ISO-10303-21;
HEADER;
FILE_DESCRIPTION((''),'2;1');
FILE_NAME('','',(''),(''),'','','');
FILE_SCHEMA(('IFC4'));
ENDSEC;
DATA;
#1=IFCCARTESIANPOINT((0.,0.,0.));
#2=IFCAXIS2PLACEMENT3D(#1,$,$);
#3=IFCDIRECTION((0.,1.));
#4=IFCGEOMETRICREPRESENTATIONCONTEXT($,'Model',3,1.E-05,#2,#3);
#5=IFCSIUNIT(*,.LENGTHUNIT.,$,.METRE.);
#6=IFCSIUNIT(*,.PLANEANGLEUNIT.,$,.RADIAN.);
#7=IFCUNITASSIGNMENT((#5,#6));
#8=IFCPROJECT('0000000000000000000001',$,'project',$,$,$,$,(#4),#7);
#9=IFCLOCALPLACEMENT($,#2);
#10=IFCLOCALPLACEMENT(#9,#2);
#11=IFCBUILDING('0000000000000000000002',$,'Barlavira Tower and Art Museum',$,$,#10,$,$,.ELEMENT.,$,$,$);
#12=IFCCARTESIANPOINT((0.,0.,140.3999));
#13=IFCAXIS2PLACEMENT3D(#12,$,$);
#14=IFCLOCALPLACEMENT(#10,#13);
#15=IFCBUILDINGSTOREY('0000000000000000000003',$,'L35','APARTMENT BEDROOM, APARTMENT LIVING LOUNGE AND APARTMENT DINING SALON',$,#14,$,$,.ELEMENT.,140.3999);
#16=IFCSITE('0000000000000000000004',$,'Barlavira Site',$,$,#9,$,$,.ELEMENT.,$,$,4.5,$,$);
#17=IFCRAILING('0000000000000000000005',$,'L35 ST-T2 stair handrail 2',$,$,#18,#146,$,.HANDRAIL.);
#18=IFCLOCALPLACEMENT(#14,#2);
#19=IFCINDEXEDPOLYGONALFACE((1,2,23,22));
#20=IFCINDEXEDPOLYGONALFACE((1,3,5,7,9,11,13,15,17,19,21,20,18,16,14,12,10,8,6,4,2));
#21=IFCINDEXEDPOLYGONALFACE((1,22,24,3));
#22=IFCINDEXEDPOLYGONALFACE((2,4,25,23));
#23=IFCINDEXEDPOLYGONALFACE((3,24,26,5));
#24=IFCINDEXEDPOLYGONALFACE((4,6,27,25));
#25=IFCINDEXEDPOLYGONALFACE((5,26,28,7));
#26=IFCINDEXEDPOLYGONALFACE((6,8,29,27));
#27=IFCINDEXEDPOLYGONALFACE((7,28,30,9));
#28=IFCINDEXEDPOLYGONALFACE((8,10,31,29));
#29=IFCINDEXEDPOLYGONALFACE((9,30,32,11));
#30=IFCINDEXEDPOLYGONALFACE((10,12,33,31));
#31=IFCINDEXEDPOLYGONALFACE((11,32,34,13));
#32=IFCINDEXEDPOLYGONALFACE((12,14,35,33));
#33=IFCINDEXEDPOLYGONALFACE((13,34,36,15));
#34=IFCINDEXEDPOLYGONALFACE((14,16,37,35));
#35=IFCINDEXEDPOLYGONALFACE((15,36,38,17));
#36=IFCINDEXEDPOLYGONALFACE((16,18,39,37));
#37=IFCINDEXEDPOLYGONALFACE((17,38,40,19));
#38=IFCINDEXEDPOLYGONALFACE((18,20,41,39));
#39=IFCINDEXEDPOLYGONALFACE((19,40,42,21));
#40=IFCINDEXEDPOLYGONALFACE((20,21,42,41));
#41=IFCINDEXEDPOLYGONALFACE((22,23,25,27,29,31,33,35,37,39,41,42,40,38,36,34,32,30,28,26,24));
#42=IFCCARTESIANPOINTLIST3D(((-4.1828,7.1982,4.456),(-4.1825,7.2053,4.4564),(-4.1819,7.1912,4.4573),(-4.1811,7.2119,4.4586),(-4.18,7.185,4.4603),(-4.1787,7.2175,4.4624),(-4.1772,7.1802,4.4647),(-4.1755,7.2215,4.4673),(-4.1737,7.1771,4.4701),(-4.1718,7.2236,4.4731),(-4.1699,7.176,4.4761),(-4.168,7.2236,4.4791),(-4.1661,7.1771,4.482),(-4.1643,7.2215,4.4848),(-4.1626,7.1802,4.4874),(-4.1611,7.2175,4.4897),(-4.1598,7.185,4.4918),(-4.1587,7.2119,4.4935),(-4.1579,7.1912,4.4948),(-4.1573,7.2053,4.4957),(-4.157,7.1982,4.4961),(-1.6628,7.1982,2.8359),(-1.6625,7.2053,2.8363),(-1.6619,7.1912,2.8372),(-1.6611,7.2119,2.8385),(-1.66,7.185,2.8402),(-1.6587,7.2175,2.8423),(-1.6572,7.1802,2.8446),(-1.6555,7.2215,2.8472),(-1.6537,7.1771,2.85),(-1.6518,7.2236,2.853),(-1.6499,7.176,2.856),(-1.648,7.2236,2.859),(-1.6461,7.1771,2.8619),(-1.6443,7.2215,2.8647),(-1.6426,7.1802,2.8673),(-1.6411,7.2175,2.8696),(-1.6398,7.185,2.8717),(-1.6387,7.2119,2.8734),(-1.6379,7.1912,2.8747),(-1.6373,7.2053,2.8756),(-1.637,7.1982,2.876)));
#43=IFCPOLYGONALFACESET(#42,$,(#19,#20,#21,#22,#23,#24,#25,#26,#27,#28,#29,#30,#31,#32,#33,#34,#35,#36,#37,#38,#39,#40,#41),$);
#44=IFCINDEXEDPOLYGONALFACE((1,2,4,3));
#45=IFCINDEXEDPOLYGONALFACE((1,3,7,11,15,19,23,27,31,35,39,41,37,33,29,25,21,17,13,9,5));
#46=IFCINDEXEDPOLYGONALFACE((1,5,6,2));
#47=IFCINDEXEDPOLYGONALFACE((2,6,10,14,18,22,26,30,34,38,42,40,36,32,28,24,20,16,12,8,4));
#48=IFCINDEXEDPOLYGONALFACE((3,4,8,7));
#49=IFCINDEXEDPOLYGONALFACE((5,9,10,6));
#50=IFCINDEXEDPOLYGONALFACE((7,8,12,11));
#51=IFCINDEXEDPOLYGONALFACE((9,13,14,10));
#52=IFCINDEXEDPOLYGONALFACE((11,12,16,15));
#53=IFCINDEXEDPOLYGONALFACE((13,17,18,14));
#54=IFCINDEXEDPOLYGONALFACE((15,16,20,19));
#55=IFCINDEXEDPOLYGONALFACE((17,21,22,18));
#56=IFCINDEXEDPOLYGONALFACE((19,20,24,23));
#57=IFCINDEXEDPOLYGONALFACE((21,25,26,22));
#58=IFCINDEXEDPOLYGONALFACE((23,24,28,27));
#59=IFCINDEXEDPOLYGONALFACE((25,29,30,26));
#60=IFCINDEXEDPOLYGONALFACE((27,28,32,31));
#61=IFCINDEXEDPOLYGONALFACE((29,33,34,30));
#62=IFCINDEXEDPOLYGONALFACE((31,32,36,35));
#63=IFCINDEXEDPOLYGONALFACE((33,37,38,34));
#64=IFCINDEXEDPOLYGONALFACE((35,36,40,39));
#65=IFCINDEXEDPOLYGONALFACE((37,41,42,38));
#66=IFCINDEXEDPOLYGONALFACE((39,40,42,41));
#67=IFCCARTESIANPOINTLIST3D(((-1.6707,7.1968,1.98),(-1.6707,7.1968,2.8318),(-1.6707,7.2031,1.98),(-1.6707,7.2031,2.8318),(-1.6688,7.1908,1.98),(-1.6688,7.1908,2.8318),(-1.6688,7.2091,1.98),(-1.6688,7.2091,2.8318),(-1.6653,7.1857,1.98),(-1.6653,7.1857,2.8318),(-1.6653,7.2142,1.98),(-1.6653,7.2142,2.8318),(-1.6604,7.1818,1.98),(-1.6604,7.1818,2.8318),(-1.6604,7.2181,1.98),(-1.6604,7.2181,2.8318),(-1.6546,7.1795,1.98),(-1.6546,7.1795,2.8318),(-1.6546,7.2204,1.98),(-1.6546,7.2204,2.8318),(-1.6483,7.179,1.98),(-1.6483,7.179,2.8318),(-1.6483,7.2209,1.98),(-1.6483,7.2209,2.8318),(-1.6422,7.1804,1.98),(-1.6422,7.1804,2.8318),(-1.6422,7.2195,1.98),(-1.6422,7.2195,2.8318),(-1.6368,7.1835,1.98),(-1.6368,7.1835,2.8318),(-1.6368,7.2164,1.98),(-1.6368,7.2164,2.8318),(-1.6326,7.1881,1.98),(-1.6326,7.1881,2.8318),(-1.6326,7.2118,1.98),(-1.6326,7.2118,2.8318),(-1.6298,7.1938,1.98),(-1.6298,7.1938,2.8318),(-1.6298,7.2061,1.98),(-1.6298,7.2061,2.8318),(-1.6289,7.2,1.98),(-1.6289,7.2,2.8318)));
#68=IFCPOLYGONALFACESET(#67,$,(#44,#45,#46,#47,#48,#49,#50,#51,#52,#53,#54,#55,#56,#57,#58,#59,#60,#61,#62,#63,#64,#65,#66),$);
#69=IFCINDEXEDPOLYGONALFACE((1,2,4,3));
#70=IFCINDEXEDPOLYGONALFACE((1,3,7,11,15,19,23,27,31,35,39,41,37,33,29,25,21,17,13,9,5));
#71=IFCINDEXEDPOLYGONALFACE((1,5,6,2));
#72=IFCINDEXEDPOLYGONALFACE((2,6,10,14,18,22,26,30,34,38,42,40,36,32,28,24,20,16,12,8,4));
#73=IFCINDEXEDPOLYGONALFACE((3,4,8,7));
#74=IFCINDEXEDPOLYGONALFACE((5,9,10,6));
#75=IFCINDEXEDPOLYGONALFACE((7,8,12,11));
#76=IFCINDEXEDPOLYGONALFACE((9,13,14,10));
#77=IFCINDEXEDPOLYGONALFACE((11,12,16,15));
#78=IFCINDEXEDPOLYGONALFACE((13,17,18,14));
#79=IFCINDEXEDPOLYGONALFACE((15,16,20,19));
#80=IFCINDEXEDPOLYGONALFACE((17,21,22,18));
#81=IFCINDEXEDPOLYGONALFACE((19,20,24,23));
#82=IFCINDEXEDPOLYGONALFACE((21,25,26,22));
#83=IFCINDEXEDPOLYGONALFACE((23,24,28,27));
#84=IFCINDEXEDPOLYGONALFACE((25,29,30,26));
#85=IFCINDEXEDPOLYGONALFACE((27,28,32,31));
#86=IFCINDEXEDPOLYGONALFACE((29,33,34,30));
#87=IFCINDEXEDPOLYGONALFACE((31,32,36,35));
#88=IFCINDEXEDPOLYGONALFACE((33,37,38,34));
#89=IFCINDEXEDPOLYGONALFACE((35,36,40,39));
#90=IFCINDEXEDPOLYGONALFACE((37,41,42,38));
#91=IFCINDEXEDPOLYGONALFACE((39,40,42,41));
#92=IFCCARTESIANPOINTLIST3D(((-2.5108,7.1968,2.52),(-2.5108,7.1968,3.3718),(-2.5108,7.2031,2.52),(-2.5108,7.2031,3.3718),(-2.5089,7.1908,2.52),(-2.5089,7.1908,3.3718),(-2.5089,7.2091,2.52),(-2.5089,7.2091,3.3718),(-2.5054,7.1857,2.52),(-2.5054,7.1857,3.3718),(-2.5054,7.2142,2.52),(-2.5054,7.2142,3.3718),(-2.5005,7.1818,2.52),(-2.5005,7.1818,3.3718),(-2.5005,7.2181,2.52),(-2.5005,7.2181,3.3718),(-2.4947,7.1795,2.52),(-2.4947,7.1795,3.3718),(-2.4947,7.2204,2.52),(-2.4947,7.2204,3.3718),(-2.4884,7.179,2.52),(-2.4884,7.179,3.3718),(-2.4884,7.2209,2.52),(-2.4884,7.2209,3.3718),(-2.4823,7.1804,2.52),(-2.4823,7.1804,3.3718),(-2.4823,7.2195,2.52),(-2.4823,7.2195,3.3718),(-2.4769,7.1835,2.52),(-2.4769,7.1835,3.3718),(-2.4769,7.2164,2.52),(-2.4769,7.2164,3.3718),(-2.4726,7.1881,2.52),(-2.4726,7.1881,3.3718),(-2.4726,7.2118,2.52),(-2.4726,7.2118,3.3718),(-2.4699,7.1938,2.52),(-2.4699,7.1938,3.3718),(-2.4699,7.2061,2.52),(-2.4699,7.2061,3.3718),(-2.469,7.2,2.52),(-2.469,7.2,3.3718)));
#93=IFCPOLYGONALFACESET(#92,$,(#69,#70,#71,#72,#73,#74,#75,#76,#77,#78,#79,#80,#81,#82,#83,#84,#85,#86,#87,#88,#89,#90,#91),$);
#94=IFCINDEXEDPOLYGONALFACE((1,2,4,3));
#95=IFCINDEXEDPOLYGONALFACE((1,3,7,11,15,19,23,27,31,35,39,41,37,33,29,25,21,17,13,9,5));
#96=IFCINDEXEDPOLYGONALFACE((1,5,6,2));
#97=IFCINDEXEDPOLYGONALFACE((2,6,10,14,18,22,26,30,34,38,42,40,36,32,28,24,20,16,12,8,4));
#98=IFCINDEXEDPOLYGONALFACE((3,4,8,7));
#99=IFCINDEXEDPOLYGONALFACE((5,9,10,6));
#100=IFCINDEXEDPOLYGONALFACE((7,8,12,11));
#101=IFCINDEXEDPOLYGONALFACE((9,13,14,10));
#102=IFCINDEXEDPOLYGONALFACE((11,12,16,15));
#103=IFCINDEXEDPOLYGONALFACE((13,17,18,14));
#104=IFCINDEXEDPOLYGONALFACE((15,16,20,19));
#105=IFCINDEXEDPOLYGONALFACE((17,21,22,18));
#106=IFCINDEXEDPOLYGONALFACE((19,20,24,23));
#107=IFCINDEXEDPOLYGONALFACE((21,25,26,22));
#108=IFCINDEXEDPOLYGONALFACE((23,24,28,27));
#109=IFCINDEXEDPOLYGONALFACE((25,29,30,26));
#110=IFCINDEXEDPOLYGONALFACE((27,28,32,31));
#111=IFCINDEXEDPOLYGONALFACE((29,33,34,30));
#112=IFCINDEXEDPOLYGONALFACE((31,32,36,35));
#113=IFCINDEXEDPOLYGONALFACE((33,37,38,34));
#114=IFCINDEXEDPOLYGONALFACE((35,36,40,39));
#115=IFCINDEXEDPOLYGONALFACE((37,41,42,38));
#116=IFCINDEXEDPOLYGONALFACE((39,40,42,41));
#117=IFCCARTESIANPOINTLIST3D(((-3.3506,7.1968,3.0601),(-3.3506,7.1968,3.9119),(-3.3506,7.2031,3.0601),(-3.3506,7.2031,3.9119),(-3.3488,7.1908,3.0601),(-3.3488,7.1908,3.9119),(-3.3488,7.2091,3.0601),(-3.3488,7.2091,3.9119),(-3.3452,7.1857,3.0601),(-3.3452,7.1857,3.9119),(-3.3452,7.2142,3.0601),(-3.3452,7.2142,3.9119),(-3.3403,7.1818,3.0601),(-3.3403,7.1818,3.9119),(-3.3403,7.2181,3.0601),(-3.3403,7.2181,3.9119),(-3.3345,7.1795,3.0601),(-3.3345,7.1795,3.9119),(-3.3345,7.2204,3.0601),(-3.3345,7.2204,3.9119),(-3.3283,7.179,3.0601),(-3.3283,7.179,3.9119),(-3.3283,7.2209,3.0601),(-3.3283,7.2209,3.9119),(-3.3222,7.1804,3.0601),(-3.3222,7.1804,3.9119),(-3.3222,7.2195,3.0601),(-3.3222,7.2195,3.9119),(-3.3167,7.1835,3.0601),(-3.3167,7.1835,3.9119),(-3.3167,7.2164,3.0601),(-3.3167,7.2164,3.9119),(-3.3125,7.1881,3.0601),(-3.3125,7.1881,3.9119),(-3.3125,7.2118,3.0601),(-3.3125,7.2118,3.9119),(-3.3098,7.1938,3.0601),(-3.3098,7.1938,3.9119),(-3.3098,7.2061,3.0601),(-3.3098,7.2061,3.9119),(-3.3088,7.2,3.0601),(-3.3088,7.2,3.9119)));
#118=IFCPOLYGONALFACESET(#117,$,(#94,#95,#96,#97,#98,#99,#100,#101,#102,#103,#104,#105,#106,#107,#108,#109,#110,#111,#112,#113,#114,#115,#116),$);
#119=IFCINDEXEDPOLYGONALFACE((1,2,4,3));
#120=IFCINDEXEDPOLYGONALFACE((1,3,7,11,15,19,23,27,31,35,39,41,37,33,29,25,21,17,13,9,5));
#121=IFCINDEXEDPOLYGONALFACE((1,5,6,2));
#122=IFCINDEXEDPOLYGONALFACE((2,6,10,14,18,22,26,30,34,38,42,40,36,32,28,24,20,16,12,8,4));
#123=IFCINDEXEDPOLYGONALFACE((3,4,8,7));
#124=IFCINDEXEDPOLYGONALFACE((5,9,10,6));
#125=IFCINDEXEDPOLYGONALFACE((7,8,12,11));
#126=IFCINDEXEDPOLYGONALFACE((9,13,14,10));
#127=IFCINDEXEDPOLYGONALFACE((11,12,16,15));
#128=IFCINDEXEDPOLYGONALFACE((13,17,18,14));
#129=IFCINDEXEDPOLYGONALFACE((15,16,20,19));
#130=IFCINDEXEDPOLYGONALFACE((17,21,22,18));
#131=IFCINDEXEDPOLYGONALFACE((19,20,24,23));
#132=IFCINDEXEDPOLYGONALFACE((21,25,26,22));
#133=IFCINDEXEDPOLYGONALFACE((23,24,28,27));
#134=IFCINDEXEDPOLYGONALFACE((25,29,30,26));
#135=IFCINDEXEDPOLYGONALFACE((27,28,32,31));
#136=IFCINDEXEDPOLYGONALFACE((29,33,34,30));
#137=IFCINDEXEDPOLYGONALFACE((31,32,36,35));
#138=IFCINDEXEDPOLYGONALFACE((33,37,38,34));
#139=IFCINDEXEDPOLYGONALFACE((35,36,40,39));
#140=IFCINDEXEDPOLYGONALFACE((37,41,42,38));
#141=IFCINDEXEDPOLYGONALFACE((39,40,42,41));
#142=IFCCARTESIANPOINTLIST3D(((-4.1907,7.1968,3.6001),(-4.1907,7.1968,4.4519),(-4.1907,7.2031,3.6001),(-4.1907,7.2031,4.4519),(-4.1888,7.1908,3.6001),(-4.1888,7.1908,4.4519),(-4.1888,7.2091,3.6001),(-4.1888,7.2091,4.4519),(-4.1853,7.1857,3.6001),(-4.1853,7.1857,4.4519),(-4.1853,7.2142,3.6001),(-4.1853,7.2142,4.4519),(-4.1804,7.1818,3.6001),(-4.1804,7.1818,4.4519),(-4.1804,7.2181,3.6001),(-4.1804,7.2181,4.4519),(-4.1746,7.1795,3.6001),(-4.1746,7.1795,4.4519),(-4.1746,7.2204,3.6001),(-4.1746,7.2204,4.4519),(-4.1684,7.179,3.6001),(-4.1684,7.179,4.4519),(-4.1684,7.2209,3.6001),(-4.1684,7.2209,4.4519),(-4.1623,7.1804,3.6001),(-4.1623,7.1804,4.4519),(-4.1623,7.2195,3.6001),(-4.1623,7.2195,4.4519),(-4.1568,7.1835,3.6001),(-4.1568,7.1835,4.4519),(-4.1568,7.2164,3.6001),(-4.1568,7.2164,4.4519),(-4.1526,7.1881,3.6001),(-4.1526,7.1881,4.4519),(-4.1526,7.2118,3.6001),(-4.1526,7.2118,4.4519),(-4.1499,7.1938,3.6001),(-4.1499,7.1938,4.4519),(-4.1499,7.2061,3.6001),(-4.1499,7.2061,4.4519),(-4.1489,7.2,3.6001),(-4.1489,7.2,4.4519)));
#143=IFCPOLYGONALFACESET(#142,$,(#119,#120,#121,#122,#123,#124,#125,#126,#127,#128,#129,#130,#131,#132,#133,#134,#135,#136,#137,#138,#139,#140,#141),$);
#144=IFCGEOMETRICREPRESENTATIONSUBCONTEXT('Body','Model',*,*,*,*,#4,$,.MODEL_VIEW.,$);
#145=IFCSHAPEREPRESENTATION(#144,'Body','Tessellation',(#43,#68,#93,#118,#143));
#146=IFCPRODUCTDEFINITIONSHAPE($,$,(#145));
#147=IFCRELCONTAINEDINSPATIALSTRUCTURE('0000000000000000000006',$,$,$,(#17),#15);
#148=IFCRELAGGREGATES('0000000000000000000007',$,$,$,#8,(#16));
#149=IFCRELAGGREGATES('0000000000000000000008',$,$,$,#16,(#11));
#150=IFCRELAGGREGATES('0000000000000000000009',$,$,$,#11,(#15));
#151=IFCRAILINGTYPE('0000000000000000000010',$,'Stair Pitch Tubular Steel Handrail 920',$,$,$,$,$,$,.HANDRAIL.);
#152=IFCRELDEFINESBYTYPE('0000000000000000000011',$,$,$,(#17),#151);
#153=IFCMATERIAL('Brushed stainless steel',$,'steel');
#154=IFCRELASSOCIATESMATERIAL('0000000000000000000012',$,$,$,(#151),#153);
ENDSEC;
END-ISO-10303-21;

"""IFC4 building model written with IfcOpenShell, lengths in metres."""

from ifc_helpers import new_model, si_unit, direction, frame, origin, origin_2d, place, context, subcontext, project, spatial, circle, extrude, material, type_object, element, save


model = new_model("IFC4")

# Units and contexts
model_context = context("Model", 3, precision=1e-05, world=origin(), true_north=direction((0.0, 1.0)))
body_context = subcontext(model_context, "Body", "Model", "MODEL_VIEW")
ifc_project = project(units=[si_unit("LENGTHUNIT", "METRE"), si_unit("PLANEANGLEUNIT", "RADIAN")], contexts=[model_context])

# Site, building, storey
site_placement = place(None, origin())
site = spatial("IfcSite", under=ifc_project, at=site_placement, Name="Barlavira Site", CompositionType="ELEMENT", RefElevation=4.5)
building_placement = place(site_placement, origin())
building = spatial("IfcBuilding", under=site, at=building_placement, Name="Barlavira Tower and Art Museum", CompositionType="ELEMENT")
storey_placement = place(building_placement, frame((0.0, 0.0, 140.3999)))
storey = spatial("IfcBuildingStorey", under=building, at=storey_placement, Name="L35", Description="APARTMENT BEDROOM, APARTMENT LIVING LOUNGE AND APARTMENT DINING SALON", CompositionType="ELEMENT", Elevation=140.3999)

# Shared definitions
ifc_material_1 = material(Name="Brushed stainless steel", Category="steel")

# Railing
railing_type_1 = type_object("IfcRailingType", Name="Stair Pitch Tubular Steel Handrail 920", PredefinedType="HANDRAIL", material=ifc_material_1)
railing_1_placement = place(storey_placement, frame((-1.6499, 7.2, 1.98)))
element("IfcRailing", 1, at=railing_1_placement, inside=storey, type_object=railing_type_1, Name="L35 ST-T2 stair handrail 2", PredefinedType="HANDRAIL", context=body_context, shape_type="SweptSolid", body=[
    extrude(circle(Radius=0.0239, at=origin_2d()), frame((0.0, 0.0, 0.876), z_axis=(-0.841163, 0.0, 0.540782), x_axis=(0.0, -1.0, 0.0)), (0.0, 0.0, 1.0), 2.9958),
    extrude(circle(Radius=0.021, at=origin_2d()), origin(), (0.0, 0.0, 1.0), 0.8518),
    extrude(circle(Radius=0.021, at=origin_2d()), frame((-0.8401, 0.0, 0.54)), (0.0, 0.0, 1.0), 0.8518),
    extrude(circle(Radius=0.021, at=origin_2d()), frame((-1.6799, 0.0, 1.0801)), (0.0, 0.0, 1.0), 0.8518),
    extrude(circle(Radius=0.021, at=origin_2d()), frame((-2.52, 0.0, 1.6201)), (0.0, 0.0, 1.0), 0.8518),
])

save(model, "model.ifc")
